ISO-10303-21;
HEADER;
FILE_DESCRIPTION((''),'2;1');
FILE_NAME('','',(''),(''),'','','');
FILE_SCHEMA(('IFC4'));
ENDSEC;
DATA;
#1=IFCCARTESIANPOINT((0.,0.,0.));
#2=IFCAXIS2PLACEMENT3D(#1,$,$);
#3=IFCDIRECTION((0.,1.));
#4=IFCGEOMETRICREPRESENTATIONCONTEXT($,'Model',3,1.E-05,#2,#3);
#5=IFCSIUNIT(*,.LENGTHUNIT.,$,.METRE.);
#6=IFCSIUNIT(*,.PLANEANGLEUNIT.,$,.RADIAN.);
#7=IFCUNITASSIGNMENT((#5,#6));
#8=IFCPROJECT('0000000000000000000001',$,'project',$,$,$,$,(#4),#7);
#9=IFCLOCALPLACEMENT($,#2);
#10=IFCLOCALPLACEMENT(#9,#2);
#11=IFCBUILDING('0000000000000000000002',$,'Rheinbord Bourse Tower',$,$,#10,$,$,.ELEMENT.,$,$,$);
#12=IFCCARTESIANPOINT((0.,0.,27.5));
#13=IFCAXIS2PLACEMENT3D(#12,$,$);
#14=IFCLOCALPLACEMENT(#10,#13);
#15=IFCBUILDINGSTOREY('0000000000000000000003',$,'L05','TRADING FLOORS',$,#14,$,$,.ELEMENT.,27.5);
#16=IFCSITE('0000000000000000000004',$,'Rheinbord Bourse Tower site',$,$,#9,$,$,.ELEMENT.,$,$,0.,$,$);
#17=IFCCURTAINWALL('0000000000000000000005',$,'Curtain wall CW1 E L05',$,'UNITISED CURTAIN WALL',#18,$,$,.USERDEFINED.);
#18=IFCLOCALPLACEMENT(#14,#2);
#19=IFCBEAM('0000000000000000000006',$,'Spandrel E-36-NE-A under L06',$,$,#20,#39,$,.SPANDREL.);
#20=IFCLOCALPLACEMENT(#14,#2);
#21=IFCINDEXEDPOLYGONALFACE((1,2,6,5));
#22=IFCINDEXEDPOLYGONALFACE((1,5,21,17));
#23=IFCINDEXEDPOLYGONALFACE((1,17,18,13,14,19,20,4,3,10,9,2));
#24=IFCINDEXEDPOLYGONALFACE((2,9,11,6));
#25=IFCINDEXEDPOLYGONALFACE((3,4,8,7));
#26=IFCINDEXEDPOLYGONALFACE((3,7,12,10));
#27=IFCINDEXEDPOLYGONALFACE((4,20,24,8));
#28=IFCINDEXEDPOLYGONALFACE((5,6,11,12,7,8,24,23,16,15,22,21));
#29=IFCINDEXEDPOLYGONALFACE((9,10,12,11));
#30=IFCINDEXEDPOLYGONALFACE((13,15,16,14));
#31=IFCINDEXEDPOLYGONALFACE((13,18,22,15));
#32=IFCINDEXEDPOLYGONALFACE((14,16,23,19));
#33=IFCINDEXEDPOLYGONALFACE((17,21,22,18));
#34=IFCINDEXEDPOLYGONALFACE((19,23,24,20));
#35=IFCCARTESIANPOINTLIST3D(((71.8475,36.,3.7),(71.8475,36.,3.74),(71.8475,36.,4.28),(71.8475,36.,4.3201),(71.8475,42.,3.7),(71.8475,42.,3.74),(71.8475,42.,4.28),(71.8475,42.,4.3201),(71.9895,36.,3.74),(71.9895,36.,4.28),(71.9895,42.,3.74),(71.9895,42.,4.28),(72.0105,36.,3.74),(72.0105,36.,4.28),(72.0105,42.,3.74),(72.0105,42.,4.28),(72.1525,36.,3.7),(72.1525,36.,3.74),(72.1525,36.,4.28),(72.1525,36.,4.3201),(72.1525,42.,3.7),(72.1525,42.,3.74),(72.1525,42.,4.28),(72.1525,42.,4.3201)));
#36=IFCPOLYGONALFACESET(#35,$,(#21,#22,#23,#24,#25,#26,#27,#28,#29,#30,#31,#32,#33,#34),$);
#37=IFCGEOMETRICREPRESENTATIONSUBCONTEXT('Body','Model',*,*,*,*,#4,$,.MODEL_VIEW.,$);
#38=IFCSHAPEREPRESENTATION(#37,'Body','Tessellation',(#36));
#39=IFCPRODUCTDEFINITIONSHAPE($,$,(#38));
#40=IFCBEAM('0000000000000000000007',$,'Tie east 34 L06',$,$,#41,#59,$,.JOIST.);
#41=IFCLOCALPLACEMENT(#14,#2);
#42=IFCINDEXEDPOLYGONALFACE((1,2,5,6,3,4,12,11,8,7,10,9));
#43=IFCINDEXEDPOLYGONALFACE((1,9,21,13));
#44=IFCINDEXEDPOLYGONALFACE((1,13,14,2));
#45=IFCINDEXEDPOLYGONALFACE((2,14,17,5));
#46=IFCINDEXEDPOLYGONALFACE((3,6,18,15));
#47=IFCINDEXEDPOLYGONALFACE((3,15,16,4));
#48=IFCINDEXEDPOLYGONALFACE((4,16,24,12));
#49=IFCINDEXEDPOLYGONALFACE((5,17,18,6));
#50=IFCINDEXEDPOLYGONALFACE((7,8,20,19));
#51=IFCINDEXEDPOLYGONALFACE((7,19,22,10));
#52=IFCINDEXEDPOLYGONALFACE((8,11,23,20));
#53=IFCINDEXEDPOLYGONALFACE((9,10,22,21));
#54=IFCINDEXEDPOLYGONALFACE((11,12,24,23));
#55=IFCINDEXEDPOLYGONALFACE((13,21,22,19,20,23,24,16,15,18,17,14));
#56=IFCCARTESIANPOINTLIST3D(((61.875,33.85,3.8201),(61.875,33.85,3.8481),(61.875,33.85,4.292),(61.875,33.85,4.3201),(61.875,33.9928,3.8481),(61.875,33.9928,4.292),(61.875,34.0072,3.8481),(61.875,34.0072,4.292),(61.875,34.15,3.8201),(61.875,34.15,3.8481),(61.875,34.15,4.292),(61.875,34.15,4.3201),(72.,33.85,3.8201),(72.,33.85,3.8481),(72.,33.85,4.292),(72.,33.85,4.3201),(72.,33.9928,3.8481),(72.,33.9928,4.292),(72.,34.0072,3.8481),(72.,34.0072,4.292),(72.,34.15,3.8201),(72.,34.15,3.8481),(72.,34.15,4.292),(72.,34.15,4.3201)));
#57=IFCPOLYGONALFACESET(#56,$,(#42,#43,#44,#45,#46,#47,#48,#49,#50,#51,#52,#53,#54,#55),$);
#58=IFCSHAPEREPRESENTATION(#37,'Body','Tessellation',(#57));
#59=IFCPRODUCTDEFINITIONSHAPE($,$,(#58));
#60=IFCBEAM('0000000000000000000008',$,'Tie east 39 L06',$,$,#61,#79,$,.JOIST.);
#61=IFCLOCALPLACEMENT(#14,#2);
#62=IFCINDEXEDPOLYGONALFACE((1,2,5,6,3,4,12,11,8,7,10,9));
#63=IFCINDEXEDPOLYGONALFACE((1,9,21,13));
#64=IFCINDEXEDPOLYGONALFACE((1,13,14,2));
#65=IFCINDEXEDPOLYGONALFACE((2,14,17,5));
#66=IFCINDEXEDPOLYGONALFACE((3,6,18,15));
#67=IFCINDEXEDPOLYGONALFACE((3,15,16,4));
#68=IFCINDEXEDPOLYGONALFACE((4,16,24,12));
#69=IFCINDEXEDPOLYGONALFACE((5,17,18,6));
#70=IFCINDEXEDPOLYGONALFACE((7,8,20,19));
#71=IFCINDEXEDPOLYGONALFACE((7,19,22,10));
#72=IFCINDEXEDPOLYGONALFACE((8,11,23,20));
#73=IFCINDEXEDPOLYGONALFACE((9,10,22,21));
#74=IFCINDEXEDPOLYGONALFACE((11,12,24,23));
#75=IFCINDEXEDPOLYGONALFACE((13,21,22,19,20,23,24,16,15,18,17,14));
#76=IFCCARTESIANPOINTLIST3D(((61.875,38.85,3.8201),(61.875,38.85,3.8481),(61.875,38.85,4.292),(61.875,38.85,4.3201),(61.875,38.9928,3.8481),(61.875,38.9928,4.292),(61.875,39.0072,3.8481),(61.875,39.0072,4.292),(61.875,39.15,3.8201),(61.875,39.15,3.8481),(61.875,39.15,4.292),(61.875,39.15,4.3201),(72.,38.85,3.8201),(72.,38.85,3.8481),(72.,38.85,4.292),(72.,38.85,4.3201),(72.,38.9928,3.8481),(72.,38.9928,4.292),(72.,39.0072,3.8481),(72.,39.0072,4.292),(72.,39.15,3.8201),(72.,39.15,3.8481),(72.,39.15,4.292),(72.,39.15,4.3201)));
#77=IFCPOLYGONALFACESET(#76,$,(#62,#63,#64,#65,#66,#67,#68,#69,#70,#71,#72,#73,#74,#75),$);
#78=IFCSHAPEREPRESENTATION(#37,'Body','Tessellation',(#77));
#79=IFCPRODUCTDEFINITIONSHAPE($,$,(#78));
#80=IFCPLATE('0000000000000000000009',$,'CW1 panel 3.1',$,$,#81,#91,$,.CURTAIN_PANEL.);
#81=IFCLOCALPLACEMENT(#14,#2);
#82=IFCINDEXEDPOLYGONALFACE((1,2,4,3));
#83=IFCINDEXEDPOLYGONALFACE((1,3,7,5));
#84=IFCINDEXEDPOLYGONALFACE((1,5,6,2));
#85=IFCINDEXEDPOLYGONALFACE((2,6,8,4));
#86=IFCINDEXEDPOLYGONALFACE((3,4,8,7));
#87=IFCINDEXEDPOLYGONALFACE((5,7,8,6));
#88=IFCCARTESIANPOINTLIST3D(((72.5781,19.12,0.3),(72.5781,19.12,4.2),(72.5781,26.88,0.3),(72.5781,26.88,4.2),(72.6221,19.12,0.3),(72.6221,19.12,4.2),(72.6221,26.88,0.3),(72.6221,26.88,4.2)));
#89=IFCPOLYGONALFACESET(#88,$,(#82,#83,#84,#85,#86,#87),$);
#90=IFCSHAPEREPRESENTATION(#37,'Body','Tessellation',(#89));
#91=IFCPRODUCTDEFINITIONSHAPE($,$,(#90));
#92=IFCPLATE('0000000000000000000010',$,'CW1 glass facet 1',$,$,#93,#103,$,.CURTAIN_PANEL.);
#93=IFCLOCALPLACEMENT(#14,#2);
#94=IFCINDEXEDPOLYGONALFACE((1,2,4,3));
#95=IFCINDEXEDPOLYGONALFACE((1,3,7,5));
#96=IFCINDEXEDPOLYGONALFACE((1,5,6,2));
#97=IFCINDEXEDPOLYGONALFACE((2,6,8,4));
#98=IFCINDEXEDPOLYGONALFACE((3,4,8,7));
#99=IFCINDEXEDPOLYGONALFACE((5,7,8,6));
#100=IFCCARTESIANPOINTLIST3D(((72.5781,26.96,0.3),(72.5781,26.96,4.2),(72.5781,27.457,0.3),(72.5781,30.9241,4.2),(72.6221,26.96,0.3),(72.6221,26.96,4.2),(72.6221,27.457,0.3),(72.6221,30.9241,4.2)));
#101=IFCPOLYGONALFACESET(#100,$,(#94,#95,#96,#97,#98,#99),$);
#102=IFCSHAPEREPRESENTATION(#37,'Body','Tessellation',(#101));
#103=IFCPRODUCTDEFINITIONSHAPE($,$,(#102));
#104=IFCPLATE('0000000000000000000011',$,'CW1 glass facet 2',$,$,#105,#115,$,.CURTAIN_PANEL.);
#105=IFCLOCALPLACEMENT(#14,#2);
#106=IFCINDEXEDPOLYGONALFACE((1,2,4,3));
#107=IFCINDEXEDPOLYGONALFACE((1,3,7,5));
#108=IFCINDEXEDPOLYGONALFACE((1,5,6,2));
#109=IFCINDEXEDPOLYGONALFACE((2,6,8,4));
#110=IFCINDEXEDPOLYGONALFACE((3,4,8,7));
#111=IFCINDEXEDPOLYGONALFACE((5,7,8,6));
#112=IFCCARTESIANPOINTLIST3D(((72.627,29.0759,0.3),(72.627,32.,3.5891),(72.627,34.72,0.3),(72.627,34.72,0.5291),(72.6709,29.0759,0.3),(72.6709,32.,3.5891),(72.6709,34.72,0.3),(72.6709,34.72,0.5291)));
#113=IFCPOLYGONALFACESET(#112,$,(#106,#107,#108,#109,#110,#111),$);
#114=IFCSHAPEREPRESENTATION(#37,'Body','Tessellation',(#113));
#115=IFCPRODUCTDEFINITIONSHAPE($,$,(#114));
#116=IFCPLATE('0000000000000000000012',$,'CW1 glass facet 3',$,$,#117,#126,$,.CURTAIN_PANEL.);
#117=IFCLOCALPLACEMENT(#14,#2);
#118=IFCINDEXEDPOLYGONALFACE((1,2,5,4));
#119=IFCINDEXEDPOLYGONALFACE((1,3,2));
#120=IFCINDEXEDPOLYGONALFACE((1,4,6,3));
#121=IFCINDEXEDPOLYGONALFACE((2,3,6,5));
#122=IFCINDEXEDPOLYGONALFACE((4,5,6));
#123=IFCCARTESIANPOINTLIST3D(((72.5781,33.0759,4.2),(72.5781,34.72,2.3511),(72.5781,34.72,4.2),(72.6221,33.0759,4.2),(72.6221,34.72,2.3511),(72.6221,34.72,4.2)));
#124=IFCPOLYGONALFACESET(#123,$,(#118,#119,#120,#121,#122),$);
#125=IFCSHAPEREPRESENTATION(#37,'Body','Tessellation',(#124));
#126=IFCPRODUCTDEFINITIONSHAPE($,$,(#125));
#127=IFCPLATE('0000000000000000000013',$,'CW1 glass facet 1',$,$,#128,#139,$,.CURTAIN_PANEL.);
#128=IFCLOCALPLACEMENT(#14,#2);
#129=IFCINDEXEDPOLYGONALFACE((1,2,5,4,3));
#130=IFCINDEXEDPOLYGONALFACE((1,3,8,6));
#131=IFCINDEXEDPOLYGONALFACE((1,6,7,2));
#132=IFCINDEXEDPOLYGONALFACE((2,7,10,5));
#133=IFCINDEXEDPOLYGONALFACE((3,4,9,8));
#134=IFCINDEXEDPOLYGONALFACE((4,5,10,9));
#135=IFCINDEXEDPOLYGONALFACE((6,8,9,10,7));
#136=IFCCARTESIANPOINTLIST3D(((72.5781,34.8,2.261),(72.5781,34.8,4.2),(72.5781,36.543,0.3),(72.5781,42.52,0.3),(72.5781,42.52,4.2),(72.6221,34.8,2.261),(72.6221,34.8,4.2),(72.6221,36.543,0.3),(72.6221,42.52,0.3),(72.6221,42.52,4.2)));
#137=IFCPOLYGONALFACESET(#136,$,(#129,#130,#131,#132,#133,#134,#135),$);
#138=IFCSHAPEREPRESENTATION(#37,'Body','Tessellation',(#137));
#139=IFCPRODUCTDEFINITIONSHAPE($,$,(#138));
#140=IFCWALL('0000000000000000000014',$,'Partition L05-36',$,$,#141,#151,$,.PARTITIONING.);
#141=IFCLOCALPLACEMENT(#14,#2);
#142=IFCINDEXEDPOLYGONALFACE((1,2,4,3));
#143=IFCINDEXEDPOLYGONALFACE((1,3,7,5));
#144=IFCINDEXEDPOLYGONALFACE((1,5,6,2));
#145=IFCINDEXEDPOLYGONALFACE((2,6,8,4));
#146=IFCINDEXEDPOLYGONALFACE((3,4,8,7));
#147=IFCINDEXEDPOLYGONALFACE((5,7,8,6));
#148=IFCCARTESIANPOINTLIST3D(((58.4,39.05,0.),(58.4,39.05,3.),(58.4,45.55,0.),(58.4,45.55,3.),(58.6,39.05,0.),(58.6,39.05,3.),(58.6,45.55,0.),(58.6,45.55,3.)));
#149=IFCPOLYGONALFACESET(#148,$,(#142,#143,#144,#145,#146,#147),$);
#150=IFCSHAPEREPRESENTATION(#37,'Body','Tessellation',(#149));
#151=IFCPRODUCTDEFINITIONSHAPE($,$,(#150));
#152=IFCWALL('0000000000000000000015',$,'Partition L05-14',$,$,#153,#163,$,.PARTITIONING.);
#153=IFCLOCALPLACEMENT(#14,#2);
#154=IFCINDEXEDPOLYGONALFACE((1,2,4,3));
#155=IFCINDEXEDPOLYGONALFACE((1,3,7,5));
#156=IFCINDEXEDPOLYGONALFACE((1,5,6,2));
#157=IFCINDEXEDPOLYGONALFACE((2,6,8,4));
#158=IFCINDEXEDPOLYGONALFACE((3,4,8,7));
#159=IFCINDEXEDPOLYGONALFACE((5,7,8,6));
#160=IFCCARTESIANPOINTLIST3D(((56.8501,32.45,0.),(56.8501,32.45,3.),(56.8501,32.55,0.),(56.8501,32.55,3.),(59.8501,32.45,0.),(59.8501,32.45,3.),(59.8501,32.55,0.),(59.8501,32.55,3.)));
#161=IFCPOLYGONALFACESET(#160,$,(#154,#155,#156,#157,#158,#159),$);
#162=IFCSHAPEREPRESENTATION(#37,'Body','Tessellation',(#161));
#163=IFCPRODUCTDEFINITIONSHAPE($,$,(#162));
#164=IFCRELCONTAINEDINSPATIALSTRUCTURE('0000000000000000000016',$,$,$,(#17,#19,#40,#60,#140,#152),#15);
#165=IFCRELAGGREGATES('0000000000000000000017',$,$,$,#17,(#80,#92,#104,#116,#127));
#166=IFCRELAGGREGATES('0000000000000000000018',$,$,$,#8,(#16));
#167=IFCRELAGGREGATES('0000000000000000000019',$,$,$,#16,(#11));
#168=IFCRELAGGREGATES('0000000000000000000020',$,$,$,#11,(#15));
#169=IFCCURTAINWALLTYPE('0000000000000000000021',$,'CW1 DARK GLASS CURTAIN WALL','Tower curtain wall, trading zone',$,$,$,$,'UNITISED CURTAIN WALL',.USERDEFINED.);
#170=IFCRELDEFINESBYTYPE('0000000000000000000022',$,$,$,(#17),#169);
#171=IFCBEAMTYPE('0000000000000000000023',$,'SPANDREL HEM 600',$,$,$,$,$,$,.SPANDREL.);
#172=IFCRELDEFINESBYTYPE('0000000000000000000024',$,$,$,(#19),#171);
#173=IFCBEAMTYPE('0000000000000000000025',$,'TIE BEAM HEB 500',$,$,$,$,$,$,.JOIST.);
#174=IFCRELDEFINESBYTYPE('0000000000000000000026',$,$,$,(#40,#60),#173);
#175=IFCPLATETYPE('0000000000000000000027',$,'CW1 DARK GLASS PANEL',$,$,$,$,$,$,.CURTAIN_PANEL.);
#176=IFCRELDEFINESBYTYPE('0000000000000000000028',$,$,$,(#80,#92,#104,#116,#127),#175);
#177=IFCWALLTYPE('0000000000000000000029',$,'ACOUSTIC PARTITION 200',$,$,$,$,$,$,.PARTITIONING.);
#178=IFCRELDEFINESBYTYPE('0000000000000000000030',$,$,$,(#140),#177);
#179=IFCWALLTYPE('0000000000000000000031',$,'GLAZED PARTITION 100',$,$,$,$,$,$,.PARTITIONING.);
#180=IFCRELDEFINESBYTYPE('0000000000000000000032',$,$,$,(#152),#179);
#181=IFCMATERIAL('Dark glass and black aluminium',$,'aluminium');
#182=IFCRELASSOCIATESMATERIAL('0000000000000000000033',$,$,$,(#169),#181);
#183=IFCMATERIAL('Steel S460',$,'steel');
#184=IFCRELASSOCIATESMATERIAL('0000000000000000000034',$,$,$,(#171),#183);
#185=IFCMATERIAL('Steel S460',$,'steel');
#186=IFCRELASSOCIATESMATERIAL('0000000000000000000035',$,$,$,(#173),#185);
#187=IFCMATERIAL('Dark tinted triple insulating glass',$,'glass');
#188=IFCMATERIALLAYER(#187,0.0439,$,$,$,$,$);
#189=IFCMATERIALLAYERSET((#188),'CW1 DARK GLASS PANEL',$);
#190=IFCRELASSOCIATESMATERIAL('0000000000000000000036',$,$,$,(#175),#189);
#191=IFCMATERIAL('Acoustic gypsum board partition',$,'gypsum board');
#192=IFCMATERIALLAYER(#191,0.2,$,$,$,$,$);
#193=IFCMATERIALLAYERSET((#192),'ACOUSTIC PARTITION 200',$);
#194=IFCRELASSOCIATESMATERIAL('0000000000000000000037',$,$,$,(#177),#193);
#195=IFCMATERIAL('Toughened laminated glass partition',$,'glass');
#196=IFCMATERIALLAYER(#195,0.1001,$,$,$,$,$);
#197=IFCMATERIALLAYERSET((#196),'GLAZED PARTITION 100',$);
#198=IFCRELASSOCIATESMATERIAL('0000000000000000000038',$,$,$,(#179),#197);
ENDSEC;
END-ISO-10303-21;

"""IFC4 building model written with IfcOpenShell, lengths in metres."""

from ifc_helpers import new_model, si_unit, direction, frame, frame_2d, origin, origin_2d, place, context, subcontext, project, spatial, polyline, rectangle, i_section, outline, extrude, material, layer, layer_set, material_profile, profile_set, type_object, element, aggregate, save


model = new_model("IFC4")

# Units and contexts
model_context = context("Model", 3, precision=1e-05, world=origin(), true_north=direction((0.0, 1.0)))
body_context = subcontext(model_context, "Body", "Model", "MODEL_VIEW")
ifc_project = project(units=[si_unit("LENGTHUNIT", "METRE"), si_unit("PLANEANGLEUNIT", "RADIAN")], contexts=[model_context])

# Site, building, storey
site_placement = place(None, origin())
site = spatial("IfcSite", under=ifc_project, at=site_placement, Name="Rheinbord Bourse Tower site", CompositionType="ELEMENT", RefElevation=0.0)
building_placement = place(site_placement, origin())
building = spatial("IfcBuilding", under=site, at=building_placement, Name="Rheinbord Bourse Tower", CompositionType="ELEMENT")
storey_placement = place(building_placement, frame((0.0, 0.0, 27.5)))
storey = spatial("IfcBuildingStorey", under=building, at=storey_placement, Name="L05", Description="TRADING FLOORS", CompositionType="ELEMENT", Elevation=27.5)

# Curtain wall
ifc_material_1 = material(Name="Dark glass and black aluminium", Category="aluminium")
curtain_wall_type = type_object("IfcCurtainWallType", Name="CW1 DARK GLASS CURTAIN WALL", Description="Tower curtain wall, trading zone", ElementType="UNITISED CURTAIN WALL", PredefinedType="USERDEFINED", material=ifc_material_1)
curtain_wall_placement = place(storey_placement, origin())
curtain_wall = element("IfcCurtainWall", 1, at=curtain_wall_placement, inside=storey, type_object=curtain_wall_type, Name="Curtain wall CW1 E L05", ObjectType="UNITISED CURTAIN WALL", PredefinedType="USERDEFINED")

# Beams
ifc_material_2 = material(Name="Steel S460", Category="steel")
ifc_material_profile_1 = material_profile(ifc_material_2, i_section(OverallWidth=0.3049, OverallDepth=0.6201, WebThickness=0.021, FlangeThickness=0.04, at=origin_2d()), Name="HEM 600")
ifc_profile_set_1 = profile_set([ifc_material_profile_1], Name="Steel S460")
beam_type_1 = type_object("IfcBeamType", Name="SPANDREL HEM 600", PredefinedType="SPANDREL", material=ifc_profile_set_1)
beam_placement = place(storey_placement, frame((72.0, 36.0, 4.01), z_axis=(0.0, 1.0, 0.0), x_axis=(-1.0, 0.0, 0.0)))
element("IfcBeam", 2, at=beam_placement, inside=storey, type_object=beam_type_1, Name="Spandrel E-36-NE-A under L06", PredefinedType="SPANDREL", context=body_context, shape_type="SweptSolid", body=[
    extrude(i_section(OverallWidth=0.3049, OverallDepth=0.6201, WebThickness=0.021, FlangeThickness=0.04, at=origin_2d()), origin(), (0.0, 0.0, 1.0), 6.0),
])
ifc_material_3 = material(Name="Steel S460", Category="steel")
ifc_material_profile_2 = material_profile(ifc_material_3, i_section(OverallWidth=0.3, OverallDepth=0.5, WebThickness=0.0144, FlangeThickness=0.0281, at=origin_2d()), Name="HEB 500")
ifc_profile_set_2 = profile_set([ifc_material_profile_2], Name="Steel S460")
beam_type_2 = type_object("IfcBeamType", Name="TIE BEAM HEB 500", PredefinedType="JOIST", material=ifc_profile_set_2)
for number, where, z_axis, x_axis, name in (
    (3, (61.875, 34.0, 4.0701), (1.0, 0.0, 0.0), (0.0, 1.0, 0.0), "Tie east 34 L06"),
    (4, (61.875, 39.0, 4.0701), (1.0, 0.0, 0.0), (0.0, 1.0, 0.0), "Tie east 39 L06"),
):
    element("IfcBeam", number, at=place(storey_placement, frame(where, z_axis=z_axis, x_axis=x_axis)), inside=storey, type_object=beam_type_2, Name=name, PredefinedType="JOIST", context=body_context, shape_type="SweptSolid", body=[
        extrude(i_section(OverallWidth=0.3, OverallDepth=0.5, WebThickness=0.0144, FlangeThickness=0.0281, at=origin_2d()), origin(), (0.0, 0.0, 1.0), 10.125),
    ])

# Plates
ifc_material_4 = material(Name="Dark tinted triple insulating glass", Category="glass")
ifc_layer_1 = layer(ifc_material_4, 0.0439)
ifc_layer_set_1 = layer_set([ifc_layer_1], Name="CW1 DARK GLASS PANEL")
plate_type = type_object("IfcPlateType", Name="CW1 DARK GLASS PANEL", PredefinedType="CURTAIN_PANEL", material=ifc_layer_set_1)
plate_1_placement = place(storey_placement, frame((72.6001, 23.0, 0.3), z_axis=(0.0, 0.0, 1.0), x_axis=(0.0, 1.0, 0.0)))
plate_1 = element("IfcPlate", 5, at=plate_1_placement, type_object=plate_type, Name="CW1 panel 3.1", PredefinedType="CURTAIN_PANEL", context=body_context, shape_type="SweptSolid", body=[
    extrude(rectangle(XDim=7.76, YDim=0.0439, at=origin_2d()), origin(), (0.0, 0.0, 1.0), 3.8999),
])
plate_2_placement = place(storey_placement, frame((72.6221, 26.96, 0.3), z_axis=(-1.0, 0.0, 0.0), x_axis=(0.0, 0.0, 1.0)))
plate_2 = element("IfcPlate", 6, at=plate_2_placement, type_object=plate_type, Name="CW1 glass facet 1", PredefinedType="CURTAIN_PANEL", context=body_context, shape_type="SweptSolid", body=[
    extrude(outline(polyline([(0.0, 0.0), (3.8999, 0.0), (3.8999, 3.9641), (0.0, 0.4971), (0.0, 0.0)])), origin(), (0.0, 0.0, 1.0), 0.0439),
])
plate_3_placement = place(storey_placement, frame((72.6709, 34.72, 0.3), z_axis=(-1.0, 0.0, 0.0), x_axis=(0.0, -1.0, 0.0)))
plate_3 = element("IfcPlate", 7, at=plate_3_placement, type_object=plate_type, Name="CW1 glass facet 2", PredefinedType="CURTAIN_PANEL", context=body_context, shape_type="SweptSolid", body=[
    extrude(outline(polyline([(0.0, 0.0), (5.644, 0.0), (2.72, 3.2891), (0.0, 0.229), (0.0, 0.0)])), origin(), (0.0, 0.0, 1.0), 0.0439),
])
plate_4_placement = place(storey_placement, frame((72.6221, 34.72, 4.2), z_axis=(-1.0, 0.0, 0.0), x_axis=(0.0, 0.0, -1.0)))
plate_4 = element("IfcPlate", 8, at=plate_4_placement, type_object=plate_type, Name="CW1 glass facet 3", PredefinedType="CURTAIN_PANEL", context=body_context, shape_type="SweptSolid", body=[
    extrude(outline(polyline([(0.0, 0.0), (1.8489, 0.0), (0.0, 1.644), (0.0, 0.0)])), origin(), (0.0, 0.0, 1.0), 0.0439),
])
plate_5_placement = place(storey_placement, frame((72.6221, 34.8, 4.2), z_axis=(-1.0, 0.0, 0.0), x_axis=(0.0, 1.0, 0.0)))
plate_5 = element("IfcPlate", 9, at=plate_5_placement, type_object=plate_type, Name="CW1 glass facet 1", PredefinedType="CURTAIN_PANEL", context=body_context, shape_type="SweptSolid", body=[
    extrude(outline(polyline([(0.0, 0.0), (7.72, 0.0), (7.72, 3.8999), (1.7429, 3.8999), (0.0, 1.939), (0.0, 0.0)])), origin(), (0.0, 0.0, 1.0), 0.0439),
])
aggregate(curtain_wall, [plate_1, plate_2, plate_3, plate_4, plate_5])

# Walls
ifc_material_5 = material(Name="Acoustic gypsum board partition", Category="gypsum board")
ifc_layer_2 = layer(ifc_material_5, 0.2)
ifc_layer_set_2 = layer_set([ifc_layer_2], Name="ACOUSTIC PARTITION 200")
wall_type_1 = type_object("IfcWallType", Name="ACOUSTIC PARTITION 200", PredefinedType="PARTITIONING", material=ifc_layer_set_2)
wall_1_placement = place(storey_placement, frame((58.5, 39.05, 0.0), z_axis=(0.0, 0.0, 1.0), x_axis=(0.0, 1.0, 0.0)))
element("IfcWall", 10, at=wall_1_placement, inside=storey, type_object=wall_type_1, Name="Partition L05-36", PredefinedType="PARTITIONING", context=body_context, shape_type="SweptSolid", body=[
    extrude(rectangle(XDim=6.5, YDim=0.2, at=frame_2d((3.25, 0.0))), origin(), (0.0, 0.0, 1.0), 3.0),
])
ifc_material_6 = material(Name="Toughened laminated glass partition", Category="glass")
ifc_layer_3 = layer(ifc_material_6, 0.1001)
ifc_layer_set_3 = layer_set([ifc_layer_3], Name="GLAZED PARTITION 100")
wall_type_2 = type_object("IfcWallType", Name="GLAZED PARTITION 100", PredefinedType="PARTITIONING", material=ifc_layer_set_3)
wall_2_placement = place(storey_placement, frame((56.8501, 32.5, 0.0), z_axis=(0.0, 0.0, 1.0), x_axis=(1.0, 0.0, 0.0)))
element("IfcWall", 11, at=wall_2_placement, inside=storey, type_object=wall_type_2, Name="Partition L05-14", PredefinedType="PARTITIONING", context=body_context, shape_type="SweptSolid", body=[
    extrude(rectangle(XDim=3.0, YDim=0.1001, at=frame_2d((1.5, 0.0))), origin(), (0.0, 0.0, 1.0), 3.0),
])

save(model, "model.ifc")
